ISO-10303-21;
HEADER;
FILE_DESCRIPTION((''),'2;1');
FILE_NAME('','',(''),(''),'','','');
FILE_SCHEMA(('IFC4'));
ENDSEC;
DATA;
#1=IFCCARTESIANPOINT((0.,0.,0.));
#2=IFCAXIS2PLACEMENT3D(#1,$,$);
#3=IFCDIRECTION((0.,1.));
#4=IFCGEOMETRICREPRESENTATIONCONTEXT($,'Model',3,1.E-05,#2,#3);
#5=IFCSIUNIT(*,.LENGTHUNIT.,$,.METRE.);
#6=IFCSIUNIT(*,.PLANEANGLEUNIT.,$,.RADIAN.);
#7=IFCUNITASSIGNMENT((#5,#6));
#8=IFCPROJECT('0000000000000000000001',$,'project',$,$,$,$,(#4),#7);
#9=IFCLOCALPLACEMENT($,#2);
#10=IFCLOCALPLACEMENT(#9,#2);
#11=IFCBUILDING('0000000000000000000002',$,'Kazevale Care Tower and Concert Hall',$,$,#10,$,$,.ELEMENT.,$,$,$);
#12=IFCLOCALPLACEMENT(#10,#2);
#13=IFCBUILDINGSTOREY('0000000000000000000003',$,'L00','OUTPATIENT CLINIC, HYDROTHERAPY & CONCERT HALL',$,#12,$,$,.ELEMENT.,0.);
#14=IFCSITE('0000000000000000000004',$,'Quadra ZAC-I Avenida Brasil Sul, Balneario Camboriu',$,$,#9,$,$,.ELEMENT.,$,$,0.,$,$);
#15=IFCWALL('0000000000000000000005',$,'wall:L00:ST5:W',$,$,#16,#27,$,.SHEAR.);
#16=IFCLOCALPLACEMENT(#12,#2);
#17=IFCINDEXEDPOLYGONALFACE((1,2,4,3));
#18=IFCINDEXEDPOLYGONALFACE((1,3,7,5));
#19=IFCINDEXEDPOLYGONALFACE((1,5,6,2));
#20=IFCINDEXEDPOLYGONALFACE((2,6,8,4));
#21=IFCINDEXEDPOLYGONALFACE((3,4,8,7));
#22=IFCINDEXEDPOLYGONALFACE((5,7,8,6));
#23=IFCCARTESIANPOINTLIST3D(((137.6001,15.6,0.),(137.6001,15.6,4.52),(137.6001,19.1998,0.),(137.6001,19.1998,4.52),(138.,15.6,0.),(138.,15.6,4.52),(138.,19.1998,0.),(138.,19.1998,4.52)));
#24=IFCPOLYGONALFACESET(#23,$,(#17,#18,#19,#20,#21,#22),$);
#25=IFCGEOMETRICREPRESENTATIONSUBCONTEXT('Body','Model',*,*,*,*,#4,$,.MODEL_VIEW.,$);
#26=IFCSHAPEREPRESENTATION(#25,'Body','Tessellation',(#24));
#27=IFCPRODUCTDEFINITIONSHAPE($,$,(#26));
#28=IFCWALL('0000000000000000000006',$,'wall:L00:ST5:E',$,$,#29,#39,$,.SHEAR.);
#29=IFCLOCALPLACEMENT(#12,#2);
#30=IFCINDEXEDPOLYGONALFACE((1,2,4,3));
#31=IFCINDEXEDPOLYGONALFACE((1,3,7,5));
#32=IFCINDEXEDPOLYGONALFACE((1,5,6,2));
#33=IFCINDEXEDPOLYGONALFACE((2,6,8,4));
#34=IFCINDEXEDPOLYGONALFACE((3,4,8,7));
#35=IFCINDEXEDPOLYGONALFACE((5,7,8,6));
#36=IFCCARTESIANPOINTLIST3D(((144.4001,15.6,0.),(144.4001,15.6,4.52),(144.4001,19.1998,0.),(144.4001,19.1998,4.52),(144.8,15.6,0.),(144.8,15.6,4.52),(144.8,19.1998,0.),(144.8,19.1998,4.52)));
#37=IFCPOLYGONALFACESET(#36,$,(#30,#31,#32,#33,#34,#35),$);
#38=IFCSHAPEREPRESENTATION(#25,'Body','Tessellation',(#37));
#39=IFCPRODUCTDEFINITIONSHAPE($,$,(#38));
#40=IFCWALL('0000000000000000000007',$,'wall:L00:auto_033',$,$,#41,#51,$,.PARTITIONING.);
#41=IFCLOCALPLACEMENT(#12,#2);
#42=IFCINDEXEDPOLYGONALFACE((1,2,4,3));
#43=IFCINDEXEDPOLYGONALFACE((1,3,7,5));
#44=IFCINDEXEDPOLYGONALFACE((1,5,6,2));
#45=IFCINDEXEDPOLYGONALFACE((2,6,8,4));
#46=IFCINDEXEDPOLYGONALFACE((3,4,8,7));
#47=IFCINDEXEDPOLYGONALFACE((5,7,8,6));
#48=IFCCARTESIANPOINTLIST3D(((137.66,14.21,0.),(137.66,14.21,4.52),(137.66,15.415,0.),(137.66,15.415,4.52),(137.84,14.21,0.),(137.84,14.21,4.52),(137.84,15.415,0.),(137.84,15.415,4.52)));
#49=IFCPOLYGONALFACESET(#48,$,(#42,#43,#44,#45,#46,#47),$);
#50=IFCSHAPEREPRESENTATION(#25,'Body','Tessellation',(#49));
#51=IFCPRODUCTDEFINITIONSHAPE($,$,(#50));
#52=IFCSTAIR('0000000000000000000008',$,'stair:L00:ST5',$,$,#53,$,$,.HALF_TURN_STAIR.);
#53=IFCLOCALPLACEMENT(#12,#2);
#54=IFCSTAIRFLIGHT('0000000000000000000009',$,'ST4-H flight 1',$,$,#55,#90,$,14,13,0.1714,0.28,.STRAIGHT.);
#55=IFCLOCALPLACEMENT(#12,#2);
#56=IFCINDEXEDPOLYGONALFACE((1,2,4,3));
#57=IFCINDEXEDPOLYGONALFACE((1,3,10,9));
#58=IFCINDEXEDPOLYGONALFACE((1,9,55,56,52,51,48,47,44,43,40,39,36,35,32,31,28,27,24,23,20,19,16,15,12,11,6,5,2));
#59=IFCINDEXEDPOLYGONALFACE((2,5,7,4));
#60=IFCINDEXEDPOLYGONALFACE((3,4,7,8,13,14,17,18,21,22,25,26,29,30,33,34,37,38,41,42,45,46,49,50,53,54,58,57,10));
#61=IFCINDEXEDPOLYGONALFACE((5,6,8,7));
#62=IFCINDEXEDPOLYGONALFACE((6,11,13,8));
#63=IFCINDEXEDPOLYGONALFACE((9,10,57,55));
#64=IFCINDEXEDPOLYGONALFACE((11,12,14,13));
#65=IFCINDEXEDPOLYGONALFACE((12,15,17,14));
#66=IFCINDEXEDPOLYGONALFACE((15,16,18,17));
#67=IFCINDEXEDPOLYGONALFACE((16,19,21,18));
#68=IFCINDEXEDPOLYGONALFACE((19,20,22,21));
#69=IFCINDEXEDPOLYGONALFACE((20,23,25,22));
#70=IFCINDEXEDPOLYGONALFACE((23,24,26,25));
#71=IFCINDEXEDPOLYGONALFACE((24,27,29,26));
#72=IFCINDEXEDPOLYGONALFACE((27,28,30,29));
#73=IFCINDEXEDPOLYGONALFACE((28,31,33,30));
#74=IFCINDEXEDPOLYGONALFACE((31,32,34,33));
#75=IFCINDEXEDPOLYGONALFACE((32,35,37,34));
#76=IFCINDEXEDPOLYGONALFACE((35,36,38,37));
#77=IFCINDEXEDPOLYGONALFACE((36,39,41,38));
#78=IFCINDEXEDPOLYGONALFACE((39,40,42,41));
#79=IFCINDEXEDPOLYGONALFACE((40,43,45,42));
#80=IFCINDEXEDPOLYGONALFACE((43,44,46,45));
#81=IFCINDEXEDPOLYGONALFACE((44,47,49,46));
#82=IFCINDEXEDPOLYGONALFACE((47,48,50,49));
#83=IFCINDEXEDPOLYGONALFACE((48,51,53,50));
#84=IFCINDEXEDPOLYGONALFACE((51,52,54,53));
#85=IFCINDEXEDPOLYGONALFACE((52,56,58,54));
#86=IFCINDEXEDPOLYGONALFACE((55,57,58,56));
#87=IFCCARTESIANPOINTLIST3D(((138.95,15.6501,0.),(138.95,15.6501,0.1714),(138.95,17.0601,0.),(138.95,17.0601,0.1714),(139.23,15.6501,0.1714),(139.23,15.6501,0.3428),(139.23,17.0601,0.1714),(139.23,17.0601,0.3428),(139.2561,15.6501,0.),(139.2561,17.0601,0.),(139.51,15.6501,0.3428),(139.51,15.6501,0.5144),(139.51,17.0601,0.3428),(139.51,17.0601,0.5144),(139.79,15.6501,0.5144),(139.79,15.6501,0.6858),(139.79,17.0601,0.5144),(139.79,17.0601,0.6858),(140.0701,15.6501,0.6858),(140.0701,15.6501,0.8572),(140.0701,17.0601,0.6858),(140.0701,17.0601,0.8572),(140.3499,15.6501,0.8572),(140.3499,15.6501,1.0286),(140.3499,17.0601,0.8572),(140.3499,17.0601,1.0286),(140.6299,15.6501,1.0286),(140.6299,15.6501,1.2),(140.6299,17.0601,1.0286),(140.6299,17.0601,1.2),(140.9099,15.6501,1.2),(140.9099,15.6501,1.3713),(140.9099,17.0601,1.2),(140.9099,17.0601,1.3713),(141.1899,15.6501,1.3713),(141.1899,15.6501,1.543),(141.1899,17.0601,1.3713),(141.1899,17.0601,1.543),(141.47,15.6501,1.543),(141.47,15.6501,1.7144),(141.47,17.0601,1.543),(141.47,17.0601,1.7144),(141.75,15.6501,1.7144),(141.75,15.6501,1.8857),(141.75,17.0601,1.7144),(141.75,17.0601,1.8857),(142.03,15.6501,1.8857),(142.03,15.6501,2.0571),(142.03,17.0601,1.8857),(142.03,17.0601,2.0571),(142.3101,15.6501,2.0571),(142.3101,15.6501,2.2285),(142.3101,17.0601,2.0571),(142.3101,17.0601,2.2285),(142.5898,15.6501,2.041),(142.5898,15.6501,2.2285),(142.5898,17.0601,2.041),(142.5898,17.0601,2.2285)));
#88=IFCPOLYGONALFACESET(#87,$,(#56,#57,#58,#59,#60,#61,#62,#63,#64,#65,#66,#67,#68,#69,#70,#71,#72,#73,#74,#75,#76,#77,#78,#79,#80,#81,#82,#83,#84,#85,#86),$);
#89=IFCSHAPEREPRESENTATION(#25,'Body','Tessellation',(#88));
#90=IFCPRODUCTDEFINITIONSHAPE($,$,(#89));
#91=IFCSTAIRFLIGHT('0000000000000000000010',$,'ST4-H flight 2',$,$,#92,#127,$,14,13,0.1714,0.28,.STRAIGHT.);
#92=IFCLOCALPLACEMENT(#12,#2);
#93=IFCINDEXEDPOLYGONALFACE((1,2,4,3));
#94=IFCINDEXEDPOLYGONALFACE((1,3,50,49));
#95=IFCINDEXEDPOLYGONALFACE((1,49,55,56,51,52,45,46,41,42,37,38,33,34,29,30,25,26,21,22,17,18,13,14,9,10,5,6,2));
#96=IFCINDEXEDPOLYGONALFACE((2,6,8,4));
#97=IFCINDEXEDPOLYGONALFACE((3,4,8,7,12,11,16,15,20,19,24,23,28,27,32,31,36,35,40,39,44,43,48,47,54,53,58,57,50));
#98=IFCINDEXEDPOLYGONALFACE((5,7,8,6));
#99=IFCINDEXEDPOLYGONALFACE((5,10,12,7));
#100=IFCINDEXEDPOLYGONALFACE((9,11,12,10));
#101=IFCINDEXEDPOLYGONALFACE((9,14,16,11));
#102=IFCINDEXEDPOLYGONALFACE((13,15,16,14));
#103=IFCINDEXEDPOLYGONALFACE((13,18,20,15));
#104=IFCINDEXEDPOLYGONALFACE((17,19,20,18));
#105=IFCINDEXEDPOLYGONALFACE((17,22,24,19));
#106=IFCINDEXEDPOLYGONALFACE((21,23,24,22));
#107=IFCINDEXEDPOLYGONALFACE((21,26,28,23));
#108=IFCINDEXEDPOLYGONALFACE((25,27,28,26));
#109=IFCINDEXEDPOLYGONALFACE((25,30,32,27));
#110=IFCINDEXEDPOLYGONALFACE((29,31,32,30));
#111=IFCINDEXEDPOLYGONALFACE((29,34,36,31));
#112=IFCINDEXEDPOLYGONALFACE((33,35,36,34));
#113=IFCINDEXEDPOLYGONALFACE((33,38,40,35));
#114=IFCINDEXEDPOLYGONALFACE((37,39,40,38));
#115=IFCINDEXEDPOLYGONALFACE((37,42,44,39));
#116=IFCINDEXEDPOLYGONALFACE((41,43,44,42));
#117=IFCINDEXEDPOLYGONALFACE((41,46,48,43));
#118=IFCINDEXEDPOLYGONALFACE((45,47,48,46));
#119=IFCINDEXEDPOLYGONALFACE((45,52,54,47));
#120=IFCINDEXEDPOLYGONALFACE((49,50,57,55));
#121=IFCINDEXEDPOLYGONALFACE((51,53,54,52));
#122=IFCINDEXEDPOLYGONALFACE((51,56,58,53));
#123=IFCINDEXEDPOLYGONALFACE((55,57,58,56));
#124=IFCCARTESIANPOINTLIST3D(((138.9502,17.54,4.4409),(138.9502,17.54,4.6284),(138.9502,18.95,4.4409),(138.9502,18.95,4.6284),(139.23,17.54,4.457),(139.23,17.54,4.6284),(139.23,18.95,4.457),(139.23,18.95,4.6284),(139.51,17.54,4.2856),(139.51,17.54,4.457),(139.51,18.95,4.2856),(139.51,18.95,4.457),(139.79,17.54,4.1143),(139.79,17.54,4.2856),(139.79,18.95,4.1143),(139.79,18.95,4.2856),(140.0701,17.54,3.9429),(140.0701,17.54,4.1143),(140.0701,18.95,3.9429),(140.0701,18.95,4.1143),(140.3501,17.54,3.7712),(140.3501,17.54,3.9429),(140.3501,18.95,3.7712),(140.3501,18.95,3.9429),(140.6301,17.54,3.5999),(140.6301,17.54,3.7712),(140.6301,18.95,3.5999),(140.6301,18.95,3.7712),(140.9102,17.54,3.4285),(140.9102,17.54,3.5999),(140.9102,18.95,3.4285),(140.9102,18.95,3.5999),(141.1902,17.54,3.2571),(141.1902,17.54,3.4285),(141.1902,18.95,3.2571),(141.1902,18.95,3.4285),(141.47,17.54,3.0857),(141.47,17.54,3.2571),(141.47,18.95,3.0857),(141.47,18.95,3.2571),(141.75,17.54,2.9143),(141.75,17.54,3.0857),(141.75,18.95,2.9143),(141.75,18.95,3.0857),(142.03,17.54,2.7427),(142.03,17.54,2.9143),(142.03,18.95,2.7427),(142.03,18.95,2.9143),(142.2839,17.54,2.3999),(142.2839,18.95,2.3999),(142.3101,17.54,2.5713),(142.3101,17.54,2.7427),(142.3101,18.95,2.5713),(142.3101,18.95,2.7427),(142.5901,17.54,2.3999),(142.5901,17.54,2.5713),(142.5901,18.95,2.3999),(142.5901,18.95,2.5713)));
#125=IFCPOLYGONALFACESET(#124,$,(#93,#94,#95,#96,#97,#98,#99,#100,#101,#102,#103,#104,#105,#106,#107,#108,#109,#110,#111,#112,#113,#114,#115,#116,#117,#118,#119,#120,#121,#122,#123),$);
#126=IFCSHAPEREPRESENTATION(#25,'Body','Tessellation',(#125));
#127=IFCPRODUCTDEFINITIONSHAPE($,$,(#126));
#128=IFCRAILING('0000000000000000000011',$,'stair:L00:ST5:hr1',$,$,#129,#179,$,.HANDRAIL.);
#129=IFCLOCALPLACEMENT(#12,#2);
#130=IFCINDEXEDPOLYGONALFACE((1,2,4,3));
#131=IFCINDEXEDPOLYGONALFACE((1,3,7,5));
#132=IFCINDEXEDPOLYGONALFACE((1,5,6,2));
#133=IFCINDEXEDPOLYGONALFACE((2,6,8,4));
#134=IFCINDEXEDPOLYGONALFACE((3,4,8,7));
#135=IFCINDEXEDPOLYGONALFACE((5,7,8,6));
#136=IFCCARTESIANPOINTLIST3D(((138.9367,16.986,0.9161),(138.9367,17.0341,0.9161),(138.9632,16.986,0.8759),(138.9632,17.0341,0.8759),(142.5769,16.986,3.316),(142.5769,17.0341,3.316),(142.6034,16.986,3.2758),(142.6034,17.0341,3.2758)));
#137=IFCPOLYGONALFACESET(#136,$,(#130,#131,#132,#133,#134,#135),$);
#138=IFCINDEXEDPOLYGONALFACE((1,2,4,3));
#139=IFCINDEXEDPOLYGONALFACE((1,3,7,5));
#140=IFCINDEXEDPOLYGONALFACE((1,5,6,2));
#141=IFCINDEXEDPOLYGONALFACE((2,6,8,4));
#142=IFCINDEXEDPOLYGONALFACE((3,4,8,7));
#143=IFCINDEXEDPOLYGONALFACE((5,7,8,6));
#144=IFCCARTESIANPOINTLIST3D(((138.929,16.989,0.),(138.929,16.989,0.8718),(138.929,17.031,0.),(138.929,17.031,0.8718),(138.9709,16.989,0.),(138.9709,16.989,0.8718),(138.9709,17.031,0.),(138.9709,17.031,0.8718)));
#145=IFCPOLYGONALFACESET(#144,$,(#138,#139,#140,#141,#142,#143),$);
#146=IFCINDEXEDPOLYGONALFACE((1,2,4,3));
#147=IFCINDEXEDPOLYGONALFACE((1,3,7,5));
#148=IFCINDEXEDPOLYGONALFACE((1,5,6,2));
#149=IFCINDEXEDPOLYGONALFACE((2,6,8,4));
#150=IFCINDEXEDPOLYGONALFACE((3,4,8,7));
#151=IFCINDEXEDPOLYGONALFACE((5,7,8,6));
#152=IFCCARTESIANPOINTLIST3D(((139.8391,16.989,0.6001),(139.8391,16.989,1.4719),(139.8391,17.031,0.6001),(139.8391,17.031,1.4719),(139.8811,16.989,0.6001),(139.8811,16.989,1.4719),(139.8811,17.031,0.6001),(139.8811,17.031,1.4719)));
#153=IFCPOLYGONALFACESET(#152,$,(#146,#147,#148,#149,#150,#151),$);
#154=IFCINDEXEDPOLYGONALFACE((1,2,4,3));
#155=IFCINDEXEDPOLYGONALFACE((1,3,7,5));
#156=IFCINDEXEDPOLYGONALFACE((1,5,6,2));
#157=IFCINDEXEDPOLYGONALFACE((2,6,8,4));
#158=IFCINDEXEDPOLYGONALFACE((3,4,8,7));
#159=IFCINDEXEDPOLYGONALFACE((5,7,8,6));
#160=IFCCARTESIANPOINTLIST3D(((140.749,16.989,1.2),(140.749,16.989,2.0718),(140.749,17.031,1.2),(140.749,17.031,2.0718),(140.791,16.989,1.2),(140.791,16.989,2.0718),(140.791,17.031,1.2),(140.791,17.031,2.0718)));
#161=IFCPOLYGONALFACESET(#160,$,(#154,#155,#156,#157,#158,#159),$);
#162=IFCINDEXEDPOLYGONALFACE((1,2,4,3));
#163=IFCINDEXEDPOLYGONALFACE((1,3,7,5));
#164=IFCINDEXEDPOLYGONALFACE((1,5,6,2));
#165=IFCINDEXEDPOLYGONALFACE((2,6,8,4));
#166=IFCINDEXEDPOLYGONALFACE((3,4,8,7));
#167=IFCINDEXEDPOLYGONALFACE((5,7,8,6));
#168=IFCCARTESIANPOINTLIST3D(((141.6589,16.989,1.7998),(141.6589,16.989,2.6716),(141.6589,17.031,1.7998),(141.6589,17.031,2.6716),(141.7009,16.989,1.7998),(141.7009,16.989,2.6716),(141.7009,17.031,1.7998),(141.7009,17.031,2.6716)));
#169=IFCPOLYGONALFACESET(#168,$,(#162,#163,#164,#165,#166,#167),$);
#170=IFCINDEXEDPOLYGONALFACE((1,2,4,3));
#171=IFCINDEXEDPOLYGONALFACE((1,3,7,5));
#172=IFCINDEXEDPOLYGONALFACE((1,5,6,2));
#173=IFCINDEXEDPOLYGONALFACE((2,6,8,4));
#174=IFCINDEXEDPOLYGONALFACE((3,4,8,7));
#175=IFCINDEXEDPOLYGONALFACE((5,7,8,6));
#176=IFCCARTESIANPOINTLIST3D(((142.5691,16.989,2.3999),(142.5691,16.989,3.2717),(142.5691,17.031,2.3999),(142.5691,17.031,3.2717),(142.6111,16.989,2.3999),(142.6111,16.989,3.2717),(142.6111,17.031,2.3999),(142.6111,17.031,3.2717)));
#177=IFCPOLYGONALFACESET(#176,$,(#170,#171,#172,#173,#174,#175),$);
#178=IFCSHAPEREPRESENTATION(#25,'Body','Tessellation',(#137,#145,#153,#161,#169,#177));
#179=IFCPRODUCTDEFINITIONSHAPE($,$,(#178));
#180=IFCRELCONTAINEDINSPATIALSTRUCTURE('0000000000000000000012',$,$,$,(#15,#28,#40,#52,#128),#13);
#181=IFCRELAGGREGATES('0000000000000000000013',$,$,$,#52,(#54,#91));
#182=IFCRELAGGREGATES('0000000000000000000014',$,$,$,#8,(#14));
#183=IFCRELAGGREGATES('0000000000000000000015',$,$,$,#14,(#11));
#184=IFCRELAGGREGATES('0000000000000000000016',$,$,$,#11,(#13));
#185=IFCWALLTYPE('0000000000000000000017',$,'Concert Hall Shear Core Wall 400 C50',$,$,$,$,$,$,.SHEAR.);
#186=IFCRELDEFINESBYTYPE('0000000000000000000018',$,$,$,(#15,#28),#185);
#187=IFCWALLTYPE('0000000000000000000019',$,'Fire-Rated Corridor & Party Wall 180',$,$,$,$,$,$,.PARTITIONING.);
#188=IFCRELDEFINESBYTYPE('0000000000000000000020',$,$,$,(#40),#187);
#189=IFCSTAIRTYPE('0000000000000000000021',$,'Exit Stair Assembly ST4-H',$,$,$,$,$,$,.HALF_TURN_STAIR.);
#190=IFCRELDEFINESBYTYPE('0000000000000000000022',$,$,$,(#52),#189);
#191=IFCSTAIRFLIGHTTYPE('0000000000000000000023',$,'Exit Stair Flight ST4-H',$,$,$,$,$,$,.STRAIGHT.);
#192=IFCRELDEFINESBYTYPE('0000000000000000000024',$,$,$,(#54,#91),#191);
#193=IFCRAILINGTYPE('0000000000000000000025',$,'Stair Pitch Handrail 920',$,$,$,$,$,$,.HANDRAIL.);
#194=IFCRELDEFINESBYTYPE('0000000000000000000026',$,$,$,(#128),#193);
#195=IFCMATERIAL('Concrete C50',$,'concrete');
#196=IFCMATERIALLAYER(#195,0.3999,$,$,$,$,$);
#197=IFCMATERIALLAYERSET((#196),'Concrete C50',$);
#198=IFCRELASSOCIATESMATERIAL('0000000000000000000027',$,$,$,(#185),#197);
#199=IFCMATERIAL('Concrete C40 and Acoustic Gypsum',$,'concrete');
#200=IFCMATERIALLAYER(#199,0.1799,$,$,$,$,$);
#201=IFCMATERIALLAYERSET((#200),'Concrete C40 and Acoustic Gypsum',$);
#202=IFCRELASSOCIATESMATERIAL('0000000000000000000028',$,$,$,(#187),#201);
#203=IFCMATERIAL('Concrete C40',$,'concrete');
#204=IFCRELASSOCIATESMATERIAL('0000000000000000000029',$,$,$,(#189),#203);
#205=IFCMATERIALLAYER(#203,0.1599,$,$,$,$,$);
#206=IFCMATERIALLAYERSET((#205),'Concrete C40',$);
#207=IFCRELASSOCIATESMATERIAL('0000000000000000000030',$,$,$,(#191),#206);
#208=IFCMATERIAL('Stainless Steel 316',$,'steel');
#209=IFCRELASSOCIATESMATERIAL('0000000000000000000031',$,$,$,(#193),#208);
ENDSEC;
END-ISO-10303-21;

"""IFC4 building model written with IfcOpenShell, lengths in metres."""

from ifc_helpers import new_model, si_unit, direction, frame, frame_2d, origin, origin_2d, place, context, subcontext, project, spatial, polyline, rectangle, outline, extrude, material, layer, layer_set, type_object, element, aggregate, save


model = new_model("IFC4")

# Units and contexts
model_context = context("Model", 3, precision=1e-05, world=origin(), true_north=direction((0.0, 1.0)))
body_context = subcontext(model_context, "Body", "Model", "MODEL_VIEW")
ifc_project = project(units=[si_unit("LENGTHUNIT", "METRE"), si_unit("PLANEANGLEUNIT", "RADIAN")], contexts=[model_context])

# Site, building, storey
site_placement = place(None, origin())
site = spatial("IfcSite", under=ifc_project, at=site_placement, Name="Quadra ZAC-I Avenida Brasil Sul, Balneario Camboriu", CompositionType="ELEMENT", RefElevation=0.0)
building_placement = place(site_placement, origin())
building = spatial("IfcBuilding", under=site, at=building_placement, Name="Kazevale Care Tower and Concert Hall", CompositionType="ELEMENT")
storey_placement = place(building_placement, origin())
storey = spatial("IfcBuildingStorey", under=building, at=storey_placement, Name="L00", Description="OUTPATIENT CLINIC, HYDROTHERAPY & CONCERT HALL", CompositionType="ELEMENT", Elevation=0.0)

# Shared definitions
ifc_material_1 = material(Name="Concrete C50", Category="concrete")

# Walls
ifc_layer_1 = layer(ifc_material_1, 0.3999)
ifc_layer_set_1 = layer_set([ifc_layer_1], Name="Concrete C50")
wall_type_1 = type_object("IfcWallType", Name="Concert Hall Shear Core Wall 400 C50", PredefinedType="SHEAR", material=ifc_layer_set_1)
for number, where, z_axis, x_axis, name in (
    (1, (137.8, 15.6001, 0.0), (0.0, 0.0, 1.0), (0.0, 1.0, 0.0), "wall:L00:ST5:W"),
    (2, (144.6001, 15.6001, 0.0), (0.0, 0.0, 1.0), (0.0, 1.0, 0.0), "wall:L00:ST5:E"),
):
    element("IfcWall", number, at=place(storey_placement, frame(where, z_axis=z_axis, x_axis=x_axis)), inside=storey, type_object=wall_type_1, Name=name, PredefinedType="SHEAR", context=body_context, shape_type="SweptSolid", body=[
        extrude(rectangle(XDim=3.5999, YDim=0.3999, at=frame_2d((1.7998, 0.0))), origin(), (0.0, 0.0, 1.0), 4.52),
    ])
ifc_material_2 = material(Name="Concrete C40 and Acoustic Gypsum", Category="concrete")
ifc_layer_2 = layer(ifc_material_2, 0.1799)
ifc_layer_set_2 = layer_set([ifc_layer_2], Name="Concrete C40 and Acoustic Gypsum")
wall_type_2 = type_object("IfcWallType", Name="Fire-Rated Corridor & Party Wall 180", PredefinedType="PARTITIONING", material=ifc_layer_set_2)
wall_1_placement = place(storey_placement, frame((137.75, 15.415, 0.0), z_axis=(0.0, 0.0, 1.0), x_axis=(0.0, -1.0, 0.0)))
element("IfcWall", 3, at=wall_1_placement, inside=storey, type_object=wall_type_2, Name="wall:L00:auto_033", PredefinedType="PARTITIONING", context=body_context, shape_type="SweptSolid", body=[
    extrude(rectangle(XDim=1.2051, YDim=0.1799, at=frame_2d((0.6025, 0.0))), origin(), (0.0, 0.0, 1.0), 4.52),
])

# Stair, stair flights
ifc_material_3 = material(Name="Concrete C40", Category="concrete")
stair_type = type_object("IfcStairType", Name="Exit Stair Assembly ST4-H", PredefinedType="HALF_TURN_STAIR", material=ifc_material_3)
stair_placement = place(storey_placement, origin())
stair = element("IfcStair", 4, at=stair_placement, inside=storey, type_object=stair_type, Name="stair:L00:ST5", PredefinedType="HALF_TURN_STAIR")
ifc_layer_3 = layer(ifc_material_3, 0.1599)
ifc_layer_set_3 = layer_set([ifc_layer_3], Name="Concrete C40")
stair_flight_type = type_object("IfcStairFlightType", Name="Exit Stair Flight ST4-H", PredefinedType="STRAIGHT", material=ifc_layer_set_3)
stair_flight_1_placement = place(storey_placement, frame((138.95, 16.355, 0.0), z_axis=(0.0, 0.0, 1.0), x_axis=(1.0, 0.0, 0.0)))
stair_flight_1 = element("IfcStairFlight", 5, at=stair_flight_1_placement, type_object=stair_flight_type, Name="ST4-H flight 1", NumberOfRisers=14, NumberOfTreads=13, PredefinedType="STRAIGHT", RiserHeight=0.1714, TreadLength=0.28, context=body_context, shape_type="SweptSolid", body=[
    extrude(outline(polyline([(0.0, 0.0), (0.0, 0.1714), (0.28, 0.1714), (0.28, 0.3428), (0.5601, 0.3428), (0.5601, 0.5144), (0.8401, 0.5144), (0.8401, 0.6858), (1.1201, 0.6858), (1.1201, 0.8572), (1.3999, 0.8572), (1.3999, 1.0286), (1.6799, 1.0286), (1.6799, 1.2), (1.96, 1.2), (1.96, 1.3713), (2.24, 1.3713), (2.24, 1.543), (2.52, 1.543), (2.52, 1.7144), (2.8, 1.7144), (2.8, 1.8857), (3.0801, 1.8857), (3.0801, 2.0571), (3.3601, 2.0571), (3.3601, 2.2285), (3.6399, 2.2285), (3.6399, 2.3999), (3.6399, 2.041), (0.3062, 0.0), (0.0, 0.0)])), frame((0.0, 0.7051, 0.0), z_axis=(0.0, -1.0, 0.0), x_axis=(1.0, 0.0, 0.0)), (0.0, 0.0, 1.0), 1.4099),
])
stair_flight_2_placement = place(storey_placement, frame((142.5901, 18.2451, 2.3999), z_axis=(0.0, 0.0, 1.0), x_axis=(-1.0, 0.0, 0.0)))
stair_flight_2 = element("IfcStairFlight", 6, at=stair_flight_2_placement, type_object=stair_flight_type, Name="ST4-H flight 2", NumberOfRisers=14, NumberOfTreads=13, PredefinedType="STRAIGHT", RiserHeight=0.1714, TreadLength=0.28, context=body_context, shape_type="SweptSolid", body=[
    extrude(outline(polyline([(0.0, 0.0), (0.0, 0.1714), (0.28, 0.1714), (0.28, 0.3428), (0.5601, 0.3428), (0.5601, 0.5144), (0.8401, 0.5144), (0.8401, 0.6858), (1.1201, 0.6858), (1.1201, 0.8572), (1.3999, 0.8572), (1.3999, 1.0286), (1.6799, 1.0286), (1.6799, 1.2), (1.96, 1.2), (1.96, 1.3713), (2.24, 1.3713), (2.24, 1.543), (2.52, 1.543), (2.52, 1.7144), (2.8, 1.7144), (2.8, 1.8857), (3.0801, 1.8857), (3.0801, 2.0571), (3.3601, 2.0571), (3.3601, 2.2285), (3.6399, 2.2285), (3.6399, 2.3999), (3.6399, 2.041), (0.3062, 0.0), (0.0, 0.0)])), frame((0.0, 0.7051, 0.0), z_axis=(0.0, -1.0, 0.0), x_axis=(1.0, 0.0, 0.0)), (0.0, 0.0, 1.0), 1.4099),
])
aggregate(stair, [stair_flight_1, stair_flight_2])

# Railing
ifc_material_4 = material(Name="Stainless Steel 316", Category="steel")
railing_type_1 = type_object("IfcRailingType", Name="Stair Pitch Handrail 920", PredefinedType="HANDRAIL", material=ifc_material_4)
railing_1_placement = place(storey_placement, frame((138.95, 17.01, 0.0)))
element("IfcRailing", 7, at=railing_1_placement, inside=storey, type_object=railing_type_1, Name="stair:L00:ST5:hr1", PredefinedType="HANDRAIL", context=body_context, shape_type="SweptSolid", body=[
    extrude(rectangle(XDim=0.0481, YDim=0.0481, at=origin_2d()), frame((0.0, 0.0, 0.896), z_axis=(0.834882, 0.0, 0.550429), x_axis=(0.0, 1.0, 0.0)), (0.0, 0.0, 1.0), 4.3601),
    extrude(rectangle(XDim=0.042, YDim=0.042, at=origin_2d()), origin(), (0.0, 0.0, 1.0), 0.8718),
    extrude(rectangle(XDim=0.042, YDim=0.042, at=origin_2d()), frame((0.9102, 0.0, 0.6001)), (0.0, 0.0, 1.0), 0.8718),
    extrude(rectangle(XDim=0.042, YDim=0.042, at=origin_2d()), frame((1.8201, 0.0, 1.2)), (0.0, 0.0, 1.0), 0.8718),
    extrude(rectangle(XDim=0.042, YDim=0.042, at=origin_2d()), frame((2.73, 0.0, 1.7998)), (0.0, 0.0, 1.0), 0.8718),
    extrude(rectangle(XDim=0.042, YDim=0.042, at=origin_2d()), frame((3.6401, 0.0, 2.3999)), (0.0, 0.0, 1.0), 0.8718),
])

save(model, "model.ifc")
